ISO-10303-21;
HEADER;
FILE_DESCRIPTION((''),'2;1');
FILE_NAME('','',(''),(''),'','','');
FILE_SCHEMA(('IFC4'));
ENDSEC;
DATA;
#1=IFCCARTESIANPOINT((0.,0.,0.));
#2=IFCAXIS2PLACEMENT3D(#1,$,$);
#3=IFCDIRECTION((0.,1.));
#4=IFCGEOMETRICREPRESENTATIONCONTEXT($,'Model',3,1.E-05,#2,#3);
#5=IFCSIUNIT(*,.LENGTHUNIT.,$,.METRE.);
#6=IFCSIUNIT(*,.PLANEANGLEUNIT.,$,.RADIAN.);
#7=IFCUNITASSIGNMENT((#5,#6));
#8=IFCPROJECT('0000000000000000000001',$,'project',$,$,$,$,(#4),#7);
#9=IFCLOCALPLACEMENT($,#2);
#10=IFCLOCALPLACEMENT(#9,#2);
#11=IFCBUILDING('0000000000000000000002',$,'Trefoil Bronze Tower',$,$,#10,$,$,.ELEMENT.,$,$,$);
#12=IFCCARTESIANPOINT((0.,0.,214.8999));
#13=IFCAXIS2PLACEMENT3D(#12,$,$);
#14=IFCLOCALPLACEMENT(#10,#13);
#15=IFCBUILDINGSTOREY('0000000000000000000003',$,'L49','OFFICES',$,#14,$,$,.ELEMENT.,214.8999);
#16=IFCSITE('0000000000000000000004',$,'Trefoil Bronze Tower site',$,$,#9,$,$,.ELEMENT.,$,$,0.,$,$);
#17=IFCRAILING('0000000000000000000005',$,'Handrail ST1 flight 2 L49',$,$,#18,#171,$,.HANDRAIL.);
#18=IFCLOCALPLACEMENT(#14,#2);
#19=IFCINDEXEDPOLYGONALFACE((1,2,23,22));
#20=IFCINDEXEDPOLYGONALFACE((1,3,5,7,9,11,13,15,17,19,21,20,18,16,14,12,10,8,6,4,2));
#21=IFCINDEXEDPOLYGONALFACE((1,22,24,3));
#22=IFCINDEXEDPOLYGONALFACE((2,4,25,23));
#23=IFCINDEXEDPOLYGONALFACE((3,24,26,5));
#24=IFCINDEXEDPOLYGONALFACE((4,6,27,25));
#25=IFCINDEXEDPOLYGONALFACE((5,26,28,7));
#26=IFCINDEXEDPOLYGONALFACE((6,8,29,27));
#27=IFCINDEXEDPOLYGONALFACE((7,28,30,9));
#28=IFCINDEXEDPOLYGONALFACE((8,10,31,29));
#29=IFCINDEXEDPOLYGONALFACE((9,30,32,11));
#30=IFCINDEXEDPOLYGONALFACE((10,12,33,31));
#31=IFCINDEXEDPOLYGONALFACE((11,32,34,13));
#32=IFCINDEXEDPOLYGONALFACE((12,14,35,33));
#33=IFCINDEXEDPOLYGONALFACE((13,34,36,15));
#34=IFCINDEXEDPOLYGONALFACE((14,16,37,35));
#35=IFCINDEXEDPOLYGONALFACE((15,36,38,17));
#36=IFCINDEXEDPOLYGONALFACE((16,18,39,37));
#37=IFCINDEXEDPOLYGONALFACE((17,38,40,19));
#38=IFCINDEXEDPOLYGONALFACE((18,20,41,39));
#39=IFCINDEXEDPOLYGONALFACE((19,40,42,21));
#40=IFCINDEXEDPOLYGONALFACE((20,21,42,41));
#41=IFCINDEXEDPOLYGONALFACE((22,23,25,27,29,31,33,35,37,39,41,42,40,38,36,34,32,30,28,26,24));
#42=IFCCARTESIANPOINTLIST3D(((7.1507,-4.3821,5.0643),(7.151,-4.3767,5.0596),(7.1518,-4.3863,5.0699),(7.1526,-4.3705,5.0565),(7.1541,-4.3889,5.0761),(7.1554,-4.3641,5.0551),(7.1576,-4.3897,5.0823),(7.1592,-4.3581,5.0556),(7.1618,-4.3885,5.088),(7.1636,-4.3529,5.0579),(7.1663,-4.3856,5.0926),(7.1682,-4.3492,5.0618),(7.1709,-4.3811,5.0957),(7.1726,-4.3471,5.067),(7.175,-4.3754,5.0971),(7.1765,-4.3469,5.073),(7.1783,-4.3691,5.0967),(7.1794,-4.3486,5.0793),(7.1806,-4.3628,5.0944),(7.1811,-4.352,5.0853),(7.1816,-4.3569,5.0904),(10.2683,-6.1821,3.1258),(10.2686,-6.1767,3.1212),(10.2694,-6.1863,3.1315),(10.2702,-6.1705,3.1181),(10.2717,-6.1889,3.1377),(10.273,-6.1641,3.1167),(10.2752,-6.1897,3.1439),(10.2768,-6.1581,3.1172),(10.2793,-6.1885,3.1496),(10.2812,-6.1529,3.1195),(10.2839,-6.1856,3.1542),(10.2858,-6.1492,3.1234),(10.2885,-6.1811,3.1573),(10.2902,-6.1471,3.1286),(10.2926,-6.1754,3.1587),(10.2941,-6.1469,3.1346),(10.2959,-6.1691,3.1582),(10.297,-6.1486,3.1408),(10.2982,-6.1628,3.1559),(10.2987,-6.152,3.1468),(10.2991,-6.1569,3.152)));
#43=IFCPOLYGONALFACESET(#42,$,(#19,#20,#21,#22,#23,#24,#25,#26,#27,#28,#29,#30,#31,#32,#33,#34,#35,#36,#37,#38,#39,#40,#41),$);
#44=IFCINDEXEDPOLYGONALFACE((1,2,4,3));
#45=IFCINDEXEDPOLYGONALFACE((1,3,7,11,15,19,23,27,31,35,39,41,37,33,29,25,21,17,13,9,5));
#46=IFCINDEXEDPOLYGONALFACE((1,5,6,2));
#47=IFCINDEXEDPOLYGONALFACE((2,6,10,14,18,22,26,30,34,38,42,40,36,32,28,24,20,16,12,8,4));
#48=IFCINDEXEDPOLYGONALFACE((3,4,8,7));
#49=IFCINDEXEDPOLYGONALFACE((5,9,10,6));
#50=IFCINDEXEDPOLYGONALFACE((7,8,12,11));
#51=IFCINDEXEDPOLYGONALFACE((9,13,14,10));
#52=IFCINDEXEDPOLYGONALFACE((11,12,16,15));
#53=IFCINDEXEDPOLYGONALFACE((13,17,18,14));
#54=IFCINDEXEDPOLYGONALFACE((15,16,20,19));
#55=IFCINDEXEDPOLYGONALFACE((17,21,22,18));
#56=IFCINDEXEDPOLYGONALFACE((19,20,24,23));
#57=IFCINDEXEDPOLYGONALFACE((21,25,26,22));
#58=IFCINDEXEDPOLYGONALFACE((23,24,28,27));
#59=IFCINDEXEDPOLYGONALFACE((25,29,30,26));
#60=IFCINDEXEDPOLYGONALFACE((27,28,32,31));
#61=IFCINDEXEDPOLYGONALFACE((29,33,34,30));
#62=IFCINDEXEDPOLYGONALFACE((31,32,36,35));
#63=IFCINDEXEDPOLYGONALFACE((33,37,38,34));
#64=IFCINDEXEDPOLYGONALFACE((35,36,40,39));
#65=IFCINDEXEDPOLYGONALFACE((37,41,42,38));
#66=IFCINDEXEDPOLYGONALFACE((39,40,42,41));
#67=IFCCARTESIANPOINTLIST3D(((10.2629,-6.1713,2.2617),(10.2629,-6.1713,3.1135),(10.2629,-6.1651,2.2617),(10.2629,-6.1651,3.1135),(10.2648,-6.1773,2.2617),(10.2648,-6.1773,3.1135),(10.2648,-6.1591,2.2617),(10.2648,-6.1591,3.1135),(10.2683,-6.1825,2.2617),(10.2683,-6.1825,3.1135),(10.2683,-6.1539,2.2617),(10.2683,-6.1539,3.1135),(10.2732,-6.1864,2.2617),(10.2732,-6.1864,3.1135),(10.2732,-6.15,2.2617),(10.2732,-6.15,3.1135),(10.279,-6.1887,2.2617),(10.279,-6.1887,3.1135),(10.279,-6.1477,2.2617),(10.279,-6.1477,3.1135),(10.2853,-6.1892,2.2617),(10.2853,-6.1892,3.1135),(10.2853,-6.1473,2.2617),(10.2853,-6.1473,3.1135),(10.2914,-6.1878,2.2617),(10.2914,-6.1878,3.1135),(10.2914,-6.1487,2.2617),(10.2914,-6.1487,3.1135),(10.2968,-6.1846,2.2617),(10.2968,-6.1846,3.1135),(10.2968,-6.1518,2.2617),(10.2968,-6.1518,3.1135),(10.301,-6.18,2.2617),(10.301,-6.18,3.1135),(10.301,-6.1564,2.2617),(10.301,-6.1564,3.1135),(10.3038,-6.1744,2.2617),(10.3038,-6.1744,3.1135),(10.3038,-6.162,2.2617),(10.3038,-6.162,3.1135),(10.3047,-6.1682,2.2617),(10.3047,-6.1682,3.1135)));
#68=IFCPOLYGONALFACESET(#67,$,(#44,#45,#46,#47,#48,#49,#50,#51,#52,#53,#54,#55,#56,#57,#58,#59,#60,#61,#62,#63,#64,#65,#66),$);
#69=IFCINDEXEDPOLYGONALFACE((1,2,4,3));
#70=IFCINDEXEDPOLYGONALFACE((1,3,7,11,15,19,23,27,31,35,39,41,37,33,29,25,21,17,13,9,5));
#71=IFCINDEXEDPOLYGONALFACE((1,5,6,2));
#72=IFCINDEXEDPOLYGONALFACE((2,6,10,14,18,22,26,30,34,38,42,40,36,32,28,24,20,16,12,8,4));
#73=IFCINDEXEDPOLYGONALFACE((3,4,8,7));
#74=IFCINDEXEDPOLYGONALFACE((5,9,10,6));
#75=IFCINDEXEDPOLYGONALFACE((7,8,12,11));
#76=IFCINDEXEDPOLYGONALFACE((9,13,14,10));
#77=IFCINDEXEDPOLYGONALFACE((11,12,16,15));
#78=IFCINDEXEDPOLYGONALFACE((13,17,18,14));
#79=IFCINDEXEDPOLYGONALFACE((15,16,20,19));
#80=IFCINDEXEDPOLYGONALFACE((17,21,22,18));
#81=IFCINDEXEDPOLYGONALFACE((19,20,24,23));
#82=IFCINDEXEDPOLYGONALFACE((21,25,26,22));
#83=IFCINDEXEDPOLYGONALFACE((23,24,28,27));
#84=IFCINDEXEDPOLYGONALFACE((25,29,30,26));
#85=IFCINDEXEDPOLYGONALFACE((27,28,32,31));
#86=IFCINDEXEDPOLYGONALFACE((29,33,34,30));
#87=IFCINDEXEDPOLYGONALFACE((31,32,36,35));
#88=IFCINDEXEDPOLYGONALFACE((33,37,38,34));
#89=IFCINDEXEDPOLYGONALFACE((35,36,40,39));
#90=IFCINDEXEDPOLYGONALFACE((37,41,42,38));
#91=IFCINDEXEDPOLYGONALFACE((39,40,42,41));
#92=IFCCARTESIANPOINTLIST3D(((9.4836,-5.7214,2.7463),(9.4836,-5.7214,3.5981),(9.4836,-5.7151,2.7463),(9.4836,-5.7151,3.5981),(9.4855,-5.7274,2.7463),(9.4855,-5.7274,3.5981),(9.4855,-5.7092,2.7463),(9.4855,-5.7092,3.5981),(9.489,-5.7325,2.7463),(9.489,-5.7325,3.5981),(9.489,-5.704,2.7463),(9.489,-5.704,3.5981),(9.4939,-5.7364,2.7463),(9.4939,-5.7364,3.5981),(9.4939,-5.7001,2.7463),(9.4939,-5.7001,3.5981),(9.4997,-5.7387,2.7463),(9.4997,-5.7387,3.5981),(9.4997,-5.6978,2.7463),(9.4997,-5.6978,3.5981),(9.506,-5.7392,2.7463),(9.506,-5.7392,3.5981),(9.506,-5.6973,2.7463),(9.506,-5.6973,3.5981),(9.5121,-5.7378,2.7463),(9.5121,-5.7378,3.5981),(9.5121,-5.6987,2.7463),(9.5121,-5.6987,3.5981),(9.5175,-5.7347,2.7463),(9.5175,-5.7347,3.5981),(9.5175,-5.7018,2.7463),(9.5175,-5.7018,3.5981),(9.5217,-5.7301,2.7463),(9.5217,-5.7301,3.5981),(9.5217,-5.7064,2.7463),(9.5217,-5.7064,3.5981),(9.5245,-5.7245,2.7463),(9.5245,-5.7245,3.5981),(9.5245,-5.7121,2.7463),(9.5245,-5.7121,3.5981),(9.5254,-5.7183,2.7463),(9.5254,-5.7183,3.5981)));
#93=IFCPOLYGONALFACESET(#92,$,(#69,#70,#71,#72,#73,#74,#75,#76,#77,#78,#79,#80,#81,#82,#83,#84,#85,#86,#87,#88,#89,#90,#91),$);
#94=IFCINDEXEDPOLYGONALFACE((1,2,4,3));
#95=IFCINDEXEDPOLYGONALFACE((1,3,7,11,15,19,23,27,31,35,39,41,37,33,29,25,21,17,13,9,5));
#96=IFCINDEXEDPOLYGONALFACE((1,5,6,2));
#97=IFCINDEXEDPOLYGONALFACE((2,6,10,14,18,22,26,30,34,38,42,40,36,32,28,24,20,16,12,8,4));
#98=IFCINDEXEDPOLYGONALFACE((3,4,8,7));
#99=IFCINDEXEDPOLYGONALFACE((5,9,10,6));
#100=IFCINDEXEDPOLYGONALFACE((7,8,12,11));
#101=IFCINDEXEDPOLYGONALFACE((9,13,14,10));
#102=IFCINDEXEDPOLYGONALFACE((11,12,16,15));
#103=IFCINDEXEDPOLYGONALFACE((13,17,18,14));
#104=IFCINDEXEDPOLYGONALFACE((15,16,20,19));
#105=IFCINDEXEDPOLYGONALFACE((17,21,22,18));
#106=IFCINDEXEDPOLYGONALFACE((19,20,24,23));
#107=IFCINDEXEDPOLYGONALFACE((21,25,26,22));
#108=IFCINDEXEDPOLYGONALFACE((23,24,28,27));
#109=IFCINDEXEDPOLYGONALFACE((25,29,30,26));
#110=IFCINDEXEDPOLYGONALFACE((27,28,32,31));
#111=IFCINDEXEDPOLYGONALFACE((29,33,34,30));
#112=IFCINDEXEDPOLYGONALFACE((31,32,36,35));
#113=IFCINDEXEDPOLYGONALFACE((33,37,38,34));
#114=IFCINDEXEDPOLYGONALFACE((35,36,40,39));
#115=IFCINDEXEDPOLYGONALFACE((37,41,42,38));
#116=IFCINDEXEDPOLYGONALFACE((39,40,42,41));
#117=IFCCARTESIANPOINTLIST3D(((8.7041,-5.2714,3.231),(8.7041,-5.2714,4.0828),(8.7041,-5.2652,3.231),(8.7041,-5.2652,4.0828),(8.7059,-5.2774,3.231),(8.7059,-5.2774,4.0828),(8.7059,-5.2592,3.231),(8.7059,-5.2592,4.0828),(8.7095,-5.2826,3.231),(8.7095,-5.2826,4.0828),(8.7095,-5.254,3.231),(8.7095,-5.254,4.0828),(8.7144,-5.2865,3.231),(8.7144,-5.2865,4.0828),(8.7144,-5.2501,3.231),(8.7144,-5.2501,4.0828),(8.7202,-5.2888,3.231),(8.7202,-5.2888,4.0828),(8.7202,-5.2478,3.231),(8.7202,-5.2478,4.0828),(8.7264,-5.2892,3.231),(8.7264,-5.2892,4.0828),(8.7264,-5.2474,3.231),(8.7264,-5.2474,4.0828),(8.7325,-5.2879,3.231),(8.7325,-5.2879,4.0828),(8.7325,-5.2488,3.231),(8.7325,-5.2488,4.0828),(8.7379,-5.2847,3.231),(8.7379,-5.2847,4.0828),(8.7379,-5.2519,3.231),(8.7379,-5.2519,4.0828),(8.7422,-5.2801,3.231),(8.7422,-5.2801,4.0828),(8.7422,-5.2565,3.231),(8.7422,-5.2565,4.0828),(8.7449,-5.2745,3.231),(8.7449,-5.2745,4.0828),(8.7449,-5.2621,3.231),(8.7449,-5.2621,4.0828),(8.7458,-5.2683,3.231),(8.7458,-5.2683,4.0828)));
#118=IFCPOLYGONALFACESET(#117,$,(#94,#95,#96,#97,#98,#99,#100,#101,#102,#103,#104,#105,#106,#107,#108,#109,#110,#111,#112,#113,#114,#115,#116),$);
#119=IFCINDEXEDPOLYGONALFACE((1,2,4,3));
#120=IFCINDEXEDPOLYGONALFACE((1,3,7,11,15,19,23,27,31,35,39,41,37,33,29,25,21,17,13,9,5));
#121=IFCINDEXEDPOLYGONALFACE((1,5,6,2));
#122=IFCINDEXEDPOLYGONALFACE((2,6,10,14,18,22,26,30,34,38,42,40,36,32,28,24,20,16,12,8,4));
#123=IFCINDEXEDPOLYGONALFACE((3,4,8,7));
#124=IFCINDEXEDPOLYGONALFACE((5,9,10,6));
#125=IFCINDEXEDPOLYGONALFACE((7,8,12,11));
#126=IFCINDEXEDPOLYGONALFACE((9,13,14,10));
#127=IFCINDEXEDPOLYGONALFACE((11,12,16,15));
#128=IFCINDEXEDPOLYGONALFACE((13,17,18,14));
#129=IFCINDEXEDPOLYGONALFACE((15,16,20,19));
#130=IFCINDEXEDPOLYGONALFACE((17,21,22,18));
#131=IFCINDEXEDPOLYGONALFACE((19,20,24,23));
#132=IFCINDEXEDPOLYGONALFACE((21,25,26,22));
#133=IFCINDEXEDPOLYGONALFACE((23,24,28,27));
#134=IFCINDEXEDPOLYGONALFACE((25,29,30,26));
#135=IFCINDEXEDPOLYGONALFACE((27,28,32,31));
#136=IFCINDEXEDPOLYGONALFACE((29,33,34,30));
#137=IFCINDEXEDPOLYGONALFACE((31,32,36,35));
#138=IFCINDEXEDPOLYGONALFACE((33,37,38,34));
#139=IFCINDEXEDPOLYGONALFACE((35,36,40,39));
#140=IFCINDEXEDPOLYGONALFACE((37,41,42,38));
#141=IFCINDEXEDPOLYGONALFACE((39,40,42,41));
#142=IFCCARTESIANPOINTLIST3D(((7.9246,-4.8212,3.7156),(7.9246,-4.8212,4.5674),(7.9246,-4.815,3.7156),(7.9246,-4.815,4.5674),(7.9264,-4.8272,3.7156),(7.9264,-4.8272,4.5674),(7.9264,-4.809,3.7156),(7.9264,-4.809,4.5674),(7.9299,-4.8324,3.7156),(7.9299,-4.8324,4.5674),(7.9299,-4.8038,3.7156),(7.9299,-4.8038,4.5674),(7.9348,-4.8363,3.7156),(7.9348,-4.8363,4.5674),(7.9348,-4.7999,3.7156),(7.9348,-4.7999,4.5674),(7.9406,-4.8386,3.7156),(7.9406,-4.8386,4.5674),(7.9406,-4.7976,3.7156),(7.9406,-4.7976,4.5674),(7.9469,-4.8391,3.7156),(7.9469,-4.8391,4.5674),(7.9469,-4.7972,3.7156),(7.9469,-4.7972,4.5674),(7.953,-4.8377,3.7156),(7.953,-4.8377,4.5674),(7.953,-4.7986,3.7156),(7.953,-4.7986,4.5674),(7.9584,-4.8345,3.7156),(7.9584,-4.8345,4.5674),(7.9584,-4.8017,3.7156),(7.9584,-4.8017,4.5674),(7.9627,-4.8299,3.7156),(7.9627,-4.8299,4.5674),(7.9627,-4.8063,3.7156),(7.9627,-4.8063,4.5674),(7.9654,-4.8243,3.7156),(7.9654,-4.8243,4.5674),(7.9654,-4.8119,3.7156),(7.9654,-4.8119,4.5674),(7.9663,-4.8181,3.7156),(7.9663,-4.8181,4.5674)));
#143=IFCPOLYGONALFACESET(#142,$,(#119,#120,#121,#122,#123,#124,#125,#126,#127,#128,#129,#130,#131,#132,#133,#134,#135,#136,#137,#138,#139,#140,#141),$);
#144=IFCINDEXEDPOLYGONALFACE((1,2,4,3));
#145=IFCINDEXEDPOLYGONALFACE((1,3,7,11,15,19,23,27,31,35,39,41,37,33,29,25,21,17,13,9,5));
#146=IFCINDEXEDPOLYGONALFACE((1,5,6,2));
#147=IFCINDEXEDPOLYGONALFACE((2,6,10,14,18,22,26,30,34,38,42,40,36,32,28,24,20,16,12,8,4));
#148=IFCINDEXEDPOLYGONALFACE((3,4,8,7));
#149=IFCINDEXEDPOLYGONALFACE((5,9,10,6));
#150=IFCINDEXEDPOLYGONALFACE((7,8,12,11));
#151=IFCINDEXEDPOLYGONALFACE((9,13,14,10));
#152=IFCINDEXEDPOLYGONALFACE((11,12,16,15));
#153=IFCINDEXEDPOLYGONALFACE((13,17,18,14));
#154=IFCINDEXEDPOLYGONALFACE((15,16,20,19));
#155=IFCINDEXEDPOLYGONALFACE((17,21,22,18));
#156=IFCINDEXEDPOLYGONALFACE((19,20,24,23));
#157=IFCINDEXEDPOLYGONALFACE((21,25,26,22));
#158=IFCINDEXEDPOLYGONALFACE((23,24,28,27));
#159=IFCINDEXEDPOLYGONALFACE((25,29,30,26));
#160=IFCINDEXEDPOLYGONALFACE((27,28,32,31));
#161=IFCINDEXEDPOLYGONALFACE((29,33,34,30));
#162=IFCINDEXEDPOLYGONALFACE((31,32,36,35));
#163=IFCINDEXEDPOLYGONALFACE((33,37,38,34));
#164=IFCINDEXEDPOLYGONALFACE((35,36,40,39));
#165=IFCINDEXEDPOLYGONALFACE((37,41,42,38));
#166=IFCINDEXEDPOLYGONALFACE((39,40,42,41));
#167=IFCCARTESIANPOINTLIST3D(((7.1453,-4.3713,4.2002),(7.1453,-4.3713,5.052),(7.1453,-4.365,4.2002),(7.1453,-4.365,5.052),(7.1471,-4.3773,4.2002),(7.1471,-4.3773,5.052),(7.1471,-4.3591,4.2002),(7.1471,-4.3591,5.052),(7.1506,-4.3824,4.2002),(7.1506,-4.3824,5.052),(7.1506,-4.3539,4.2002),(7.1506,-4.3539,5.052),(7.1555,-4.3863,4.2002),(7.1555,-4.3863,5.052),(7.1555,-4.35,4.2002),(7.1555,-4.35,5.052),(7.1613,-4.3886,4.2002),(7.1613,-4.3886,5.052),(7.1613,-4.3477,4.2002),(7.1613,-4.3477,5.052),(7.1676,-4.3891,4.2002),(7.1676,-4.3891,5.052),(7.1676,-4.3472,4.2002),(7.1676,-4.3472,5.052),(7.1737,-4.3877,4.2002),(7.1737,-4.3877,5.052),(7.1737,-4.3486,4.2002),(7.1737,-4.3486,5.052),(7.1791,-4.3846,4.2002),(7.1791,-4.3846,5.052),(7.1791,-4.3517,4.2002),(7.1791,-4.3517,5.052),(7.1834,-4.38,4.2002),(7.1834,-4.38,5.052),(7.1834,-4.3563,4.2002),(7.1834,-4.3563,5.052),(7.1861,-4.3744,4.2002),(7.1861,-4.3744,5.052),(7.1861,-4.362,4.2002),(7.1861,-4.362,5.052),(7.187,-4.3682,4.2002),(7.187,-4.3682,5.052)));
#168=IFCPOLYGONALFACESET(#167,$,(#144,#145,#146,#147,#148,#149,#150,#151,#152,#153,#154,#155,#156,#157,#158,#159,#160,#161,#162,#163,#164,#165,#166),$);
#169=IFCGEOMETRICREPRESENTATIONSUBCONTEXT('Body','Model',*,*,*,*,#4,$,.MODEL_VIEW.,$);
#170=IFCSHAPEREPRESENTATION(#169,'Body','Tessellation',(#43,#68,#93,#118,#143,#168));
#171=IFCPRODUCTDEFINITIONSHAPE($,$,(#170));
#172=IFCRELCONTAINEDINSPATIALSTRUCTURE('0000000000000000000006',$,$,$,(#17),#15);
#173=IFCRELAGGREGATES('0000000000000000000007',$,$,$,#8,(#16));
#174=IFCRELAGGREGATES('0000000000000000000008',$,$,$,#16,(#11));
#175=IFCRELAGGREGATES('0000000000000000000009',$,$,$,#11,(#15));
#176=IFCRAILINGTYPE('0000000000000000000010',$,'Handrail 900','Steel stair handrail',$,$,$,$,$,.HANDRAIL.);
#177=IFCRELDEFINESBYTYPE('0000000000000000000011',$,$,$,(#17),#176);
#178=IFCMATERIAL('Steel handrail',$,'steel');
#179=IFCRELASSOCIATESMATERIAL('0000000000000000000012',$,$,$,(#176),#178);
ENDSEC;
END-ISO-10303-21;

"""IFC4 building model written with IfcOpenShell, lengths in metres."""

from ifc_helpers import new_model, si_unit, direction, frame, origin, origin_2d, place, context, subcontext, project, spatial, circle, extrude, material, type_object, element, save


model = new_model("IFC4")

# Units and contexts
model_context = context("Model", 3, precision=1e-05, world=origin(), true_north=direction((0.0, 1.0)))
body_context = subcontext(model_context, "Body", "Model", "MODEL_VIEW")
ifc_project = project(units=[si_unit("LENGTHUNIT", "METRE"), si_unit("PLANEANGLEUNIT", "RADIAN")], contexts=[model_context])

# Site, building, storey
site_placement = place(None, origin())
site = spatial("IfcSite", under=ifc_project, at=site_placement, Name="Trefoil Bronze Tower site", CompositionType="ELEMENT", RefElevation=0.0)
building_placement = place(site_placement, origin())
building = spatial("IfcBuilding", under=site, at=building_placement, Name="Trefoil Bronze Tower", CompositionType="ELEMENT")
storey_placement = place(building_placement, frame((0.0, 0.0, 214.8999)))
storey = spatial("IfcBuildingStorey", under=building, at=storey_placement, Name="L49", Description="OFFICES", CompositionType="ELEMENT", Elevation=214.8999)

# Railing
ifc_material_1 = material(Name="Steel handrail", Category="steel")
railing_type = type_object("IfcRailingType", Name="Handrail 900", Description="Steel stair handrail", PredefinedType="HANDRAIL", material=ifc_material_1)
railing_1_placement = place(storey_placement, frame((10.2837, -6.1682, 2.2617)))
element("IfcRailing", 1, at=railing_1_placement, inside=storey, type_object=railing_type, Name="Handrail ST1 flight 2 L49", PredefinedType="HANDRAIL", context=body_context, shape_type="SweptSolid", body=[
    extrude(circle(Radius=0.0239, at=origin_2d()), frame((0.0, 0.0, 0.876), z_axis=(-0.762503, 0.440246, 0.474102), x_axis=(-0.500012, -0.866018, 0.0)), (0.0, 0.0, 1.0), 4.0886),
    extrude(circle(Radius=0.021, at=origin_2d()), origin(), (0.0, 0.0, 1.0), 0.8518),
    extrude(circle(Radius=0.021, at=origin_2d()), frame((-0.7793, 0.45, 0.4846)), (0.0, 0.0, 1.0), 0.8518),
    extrude(circle(Radius=0.021, at=origin_2d()), frame((-1.5588, 0.8999, 0.9692)), (0.0, 0.0, 1.0), 0.8518),
    extrude(circle(Radius=0.021, at=origin_2d()), frame((-2.3384, 1.3501, 1.4539)), (0.0, 0.0, 1.0), 0.8518),
    extrude(circle(Radius=0.021, at=origin_2d()), frame((-3.1177, 1.8, 1.9385)), (0.0, 0.0, 1.0), 0.8518),
])

save(model, "model.ifc")
